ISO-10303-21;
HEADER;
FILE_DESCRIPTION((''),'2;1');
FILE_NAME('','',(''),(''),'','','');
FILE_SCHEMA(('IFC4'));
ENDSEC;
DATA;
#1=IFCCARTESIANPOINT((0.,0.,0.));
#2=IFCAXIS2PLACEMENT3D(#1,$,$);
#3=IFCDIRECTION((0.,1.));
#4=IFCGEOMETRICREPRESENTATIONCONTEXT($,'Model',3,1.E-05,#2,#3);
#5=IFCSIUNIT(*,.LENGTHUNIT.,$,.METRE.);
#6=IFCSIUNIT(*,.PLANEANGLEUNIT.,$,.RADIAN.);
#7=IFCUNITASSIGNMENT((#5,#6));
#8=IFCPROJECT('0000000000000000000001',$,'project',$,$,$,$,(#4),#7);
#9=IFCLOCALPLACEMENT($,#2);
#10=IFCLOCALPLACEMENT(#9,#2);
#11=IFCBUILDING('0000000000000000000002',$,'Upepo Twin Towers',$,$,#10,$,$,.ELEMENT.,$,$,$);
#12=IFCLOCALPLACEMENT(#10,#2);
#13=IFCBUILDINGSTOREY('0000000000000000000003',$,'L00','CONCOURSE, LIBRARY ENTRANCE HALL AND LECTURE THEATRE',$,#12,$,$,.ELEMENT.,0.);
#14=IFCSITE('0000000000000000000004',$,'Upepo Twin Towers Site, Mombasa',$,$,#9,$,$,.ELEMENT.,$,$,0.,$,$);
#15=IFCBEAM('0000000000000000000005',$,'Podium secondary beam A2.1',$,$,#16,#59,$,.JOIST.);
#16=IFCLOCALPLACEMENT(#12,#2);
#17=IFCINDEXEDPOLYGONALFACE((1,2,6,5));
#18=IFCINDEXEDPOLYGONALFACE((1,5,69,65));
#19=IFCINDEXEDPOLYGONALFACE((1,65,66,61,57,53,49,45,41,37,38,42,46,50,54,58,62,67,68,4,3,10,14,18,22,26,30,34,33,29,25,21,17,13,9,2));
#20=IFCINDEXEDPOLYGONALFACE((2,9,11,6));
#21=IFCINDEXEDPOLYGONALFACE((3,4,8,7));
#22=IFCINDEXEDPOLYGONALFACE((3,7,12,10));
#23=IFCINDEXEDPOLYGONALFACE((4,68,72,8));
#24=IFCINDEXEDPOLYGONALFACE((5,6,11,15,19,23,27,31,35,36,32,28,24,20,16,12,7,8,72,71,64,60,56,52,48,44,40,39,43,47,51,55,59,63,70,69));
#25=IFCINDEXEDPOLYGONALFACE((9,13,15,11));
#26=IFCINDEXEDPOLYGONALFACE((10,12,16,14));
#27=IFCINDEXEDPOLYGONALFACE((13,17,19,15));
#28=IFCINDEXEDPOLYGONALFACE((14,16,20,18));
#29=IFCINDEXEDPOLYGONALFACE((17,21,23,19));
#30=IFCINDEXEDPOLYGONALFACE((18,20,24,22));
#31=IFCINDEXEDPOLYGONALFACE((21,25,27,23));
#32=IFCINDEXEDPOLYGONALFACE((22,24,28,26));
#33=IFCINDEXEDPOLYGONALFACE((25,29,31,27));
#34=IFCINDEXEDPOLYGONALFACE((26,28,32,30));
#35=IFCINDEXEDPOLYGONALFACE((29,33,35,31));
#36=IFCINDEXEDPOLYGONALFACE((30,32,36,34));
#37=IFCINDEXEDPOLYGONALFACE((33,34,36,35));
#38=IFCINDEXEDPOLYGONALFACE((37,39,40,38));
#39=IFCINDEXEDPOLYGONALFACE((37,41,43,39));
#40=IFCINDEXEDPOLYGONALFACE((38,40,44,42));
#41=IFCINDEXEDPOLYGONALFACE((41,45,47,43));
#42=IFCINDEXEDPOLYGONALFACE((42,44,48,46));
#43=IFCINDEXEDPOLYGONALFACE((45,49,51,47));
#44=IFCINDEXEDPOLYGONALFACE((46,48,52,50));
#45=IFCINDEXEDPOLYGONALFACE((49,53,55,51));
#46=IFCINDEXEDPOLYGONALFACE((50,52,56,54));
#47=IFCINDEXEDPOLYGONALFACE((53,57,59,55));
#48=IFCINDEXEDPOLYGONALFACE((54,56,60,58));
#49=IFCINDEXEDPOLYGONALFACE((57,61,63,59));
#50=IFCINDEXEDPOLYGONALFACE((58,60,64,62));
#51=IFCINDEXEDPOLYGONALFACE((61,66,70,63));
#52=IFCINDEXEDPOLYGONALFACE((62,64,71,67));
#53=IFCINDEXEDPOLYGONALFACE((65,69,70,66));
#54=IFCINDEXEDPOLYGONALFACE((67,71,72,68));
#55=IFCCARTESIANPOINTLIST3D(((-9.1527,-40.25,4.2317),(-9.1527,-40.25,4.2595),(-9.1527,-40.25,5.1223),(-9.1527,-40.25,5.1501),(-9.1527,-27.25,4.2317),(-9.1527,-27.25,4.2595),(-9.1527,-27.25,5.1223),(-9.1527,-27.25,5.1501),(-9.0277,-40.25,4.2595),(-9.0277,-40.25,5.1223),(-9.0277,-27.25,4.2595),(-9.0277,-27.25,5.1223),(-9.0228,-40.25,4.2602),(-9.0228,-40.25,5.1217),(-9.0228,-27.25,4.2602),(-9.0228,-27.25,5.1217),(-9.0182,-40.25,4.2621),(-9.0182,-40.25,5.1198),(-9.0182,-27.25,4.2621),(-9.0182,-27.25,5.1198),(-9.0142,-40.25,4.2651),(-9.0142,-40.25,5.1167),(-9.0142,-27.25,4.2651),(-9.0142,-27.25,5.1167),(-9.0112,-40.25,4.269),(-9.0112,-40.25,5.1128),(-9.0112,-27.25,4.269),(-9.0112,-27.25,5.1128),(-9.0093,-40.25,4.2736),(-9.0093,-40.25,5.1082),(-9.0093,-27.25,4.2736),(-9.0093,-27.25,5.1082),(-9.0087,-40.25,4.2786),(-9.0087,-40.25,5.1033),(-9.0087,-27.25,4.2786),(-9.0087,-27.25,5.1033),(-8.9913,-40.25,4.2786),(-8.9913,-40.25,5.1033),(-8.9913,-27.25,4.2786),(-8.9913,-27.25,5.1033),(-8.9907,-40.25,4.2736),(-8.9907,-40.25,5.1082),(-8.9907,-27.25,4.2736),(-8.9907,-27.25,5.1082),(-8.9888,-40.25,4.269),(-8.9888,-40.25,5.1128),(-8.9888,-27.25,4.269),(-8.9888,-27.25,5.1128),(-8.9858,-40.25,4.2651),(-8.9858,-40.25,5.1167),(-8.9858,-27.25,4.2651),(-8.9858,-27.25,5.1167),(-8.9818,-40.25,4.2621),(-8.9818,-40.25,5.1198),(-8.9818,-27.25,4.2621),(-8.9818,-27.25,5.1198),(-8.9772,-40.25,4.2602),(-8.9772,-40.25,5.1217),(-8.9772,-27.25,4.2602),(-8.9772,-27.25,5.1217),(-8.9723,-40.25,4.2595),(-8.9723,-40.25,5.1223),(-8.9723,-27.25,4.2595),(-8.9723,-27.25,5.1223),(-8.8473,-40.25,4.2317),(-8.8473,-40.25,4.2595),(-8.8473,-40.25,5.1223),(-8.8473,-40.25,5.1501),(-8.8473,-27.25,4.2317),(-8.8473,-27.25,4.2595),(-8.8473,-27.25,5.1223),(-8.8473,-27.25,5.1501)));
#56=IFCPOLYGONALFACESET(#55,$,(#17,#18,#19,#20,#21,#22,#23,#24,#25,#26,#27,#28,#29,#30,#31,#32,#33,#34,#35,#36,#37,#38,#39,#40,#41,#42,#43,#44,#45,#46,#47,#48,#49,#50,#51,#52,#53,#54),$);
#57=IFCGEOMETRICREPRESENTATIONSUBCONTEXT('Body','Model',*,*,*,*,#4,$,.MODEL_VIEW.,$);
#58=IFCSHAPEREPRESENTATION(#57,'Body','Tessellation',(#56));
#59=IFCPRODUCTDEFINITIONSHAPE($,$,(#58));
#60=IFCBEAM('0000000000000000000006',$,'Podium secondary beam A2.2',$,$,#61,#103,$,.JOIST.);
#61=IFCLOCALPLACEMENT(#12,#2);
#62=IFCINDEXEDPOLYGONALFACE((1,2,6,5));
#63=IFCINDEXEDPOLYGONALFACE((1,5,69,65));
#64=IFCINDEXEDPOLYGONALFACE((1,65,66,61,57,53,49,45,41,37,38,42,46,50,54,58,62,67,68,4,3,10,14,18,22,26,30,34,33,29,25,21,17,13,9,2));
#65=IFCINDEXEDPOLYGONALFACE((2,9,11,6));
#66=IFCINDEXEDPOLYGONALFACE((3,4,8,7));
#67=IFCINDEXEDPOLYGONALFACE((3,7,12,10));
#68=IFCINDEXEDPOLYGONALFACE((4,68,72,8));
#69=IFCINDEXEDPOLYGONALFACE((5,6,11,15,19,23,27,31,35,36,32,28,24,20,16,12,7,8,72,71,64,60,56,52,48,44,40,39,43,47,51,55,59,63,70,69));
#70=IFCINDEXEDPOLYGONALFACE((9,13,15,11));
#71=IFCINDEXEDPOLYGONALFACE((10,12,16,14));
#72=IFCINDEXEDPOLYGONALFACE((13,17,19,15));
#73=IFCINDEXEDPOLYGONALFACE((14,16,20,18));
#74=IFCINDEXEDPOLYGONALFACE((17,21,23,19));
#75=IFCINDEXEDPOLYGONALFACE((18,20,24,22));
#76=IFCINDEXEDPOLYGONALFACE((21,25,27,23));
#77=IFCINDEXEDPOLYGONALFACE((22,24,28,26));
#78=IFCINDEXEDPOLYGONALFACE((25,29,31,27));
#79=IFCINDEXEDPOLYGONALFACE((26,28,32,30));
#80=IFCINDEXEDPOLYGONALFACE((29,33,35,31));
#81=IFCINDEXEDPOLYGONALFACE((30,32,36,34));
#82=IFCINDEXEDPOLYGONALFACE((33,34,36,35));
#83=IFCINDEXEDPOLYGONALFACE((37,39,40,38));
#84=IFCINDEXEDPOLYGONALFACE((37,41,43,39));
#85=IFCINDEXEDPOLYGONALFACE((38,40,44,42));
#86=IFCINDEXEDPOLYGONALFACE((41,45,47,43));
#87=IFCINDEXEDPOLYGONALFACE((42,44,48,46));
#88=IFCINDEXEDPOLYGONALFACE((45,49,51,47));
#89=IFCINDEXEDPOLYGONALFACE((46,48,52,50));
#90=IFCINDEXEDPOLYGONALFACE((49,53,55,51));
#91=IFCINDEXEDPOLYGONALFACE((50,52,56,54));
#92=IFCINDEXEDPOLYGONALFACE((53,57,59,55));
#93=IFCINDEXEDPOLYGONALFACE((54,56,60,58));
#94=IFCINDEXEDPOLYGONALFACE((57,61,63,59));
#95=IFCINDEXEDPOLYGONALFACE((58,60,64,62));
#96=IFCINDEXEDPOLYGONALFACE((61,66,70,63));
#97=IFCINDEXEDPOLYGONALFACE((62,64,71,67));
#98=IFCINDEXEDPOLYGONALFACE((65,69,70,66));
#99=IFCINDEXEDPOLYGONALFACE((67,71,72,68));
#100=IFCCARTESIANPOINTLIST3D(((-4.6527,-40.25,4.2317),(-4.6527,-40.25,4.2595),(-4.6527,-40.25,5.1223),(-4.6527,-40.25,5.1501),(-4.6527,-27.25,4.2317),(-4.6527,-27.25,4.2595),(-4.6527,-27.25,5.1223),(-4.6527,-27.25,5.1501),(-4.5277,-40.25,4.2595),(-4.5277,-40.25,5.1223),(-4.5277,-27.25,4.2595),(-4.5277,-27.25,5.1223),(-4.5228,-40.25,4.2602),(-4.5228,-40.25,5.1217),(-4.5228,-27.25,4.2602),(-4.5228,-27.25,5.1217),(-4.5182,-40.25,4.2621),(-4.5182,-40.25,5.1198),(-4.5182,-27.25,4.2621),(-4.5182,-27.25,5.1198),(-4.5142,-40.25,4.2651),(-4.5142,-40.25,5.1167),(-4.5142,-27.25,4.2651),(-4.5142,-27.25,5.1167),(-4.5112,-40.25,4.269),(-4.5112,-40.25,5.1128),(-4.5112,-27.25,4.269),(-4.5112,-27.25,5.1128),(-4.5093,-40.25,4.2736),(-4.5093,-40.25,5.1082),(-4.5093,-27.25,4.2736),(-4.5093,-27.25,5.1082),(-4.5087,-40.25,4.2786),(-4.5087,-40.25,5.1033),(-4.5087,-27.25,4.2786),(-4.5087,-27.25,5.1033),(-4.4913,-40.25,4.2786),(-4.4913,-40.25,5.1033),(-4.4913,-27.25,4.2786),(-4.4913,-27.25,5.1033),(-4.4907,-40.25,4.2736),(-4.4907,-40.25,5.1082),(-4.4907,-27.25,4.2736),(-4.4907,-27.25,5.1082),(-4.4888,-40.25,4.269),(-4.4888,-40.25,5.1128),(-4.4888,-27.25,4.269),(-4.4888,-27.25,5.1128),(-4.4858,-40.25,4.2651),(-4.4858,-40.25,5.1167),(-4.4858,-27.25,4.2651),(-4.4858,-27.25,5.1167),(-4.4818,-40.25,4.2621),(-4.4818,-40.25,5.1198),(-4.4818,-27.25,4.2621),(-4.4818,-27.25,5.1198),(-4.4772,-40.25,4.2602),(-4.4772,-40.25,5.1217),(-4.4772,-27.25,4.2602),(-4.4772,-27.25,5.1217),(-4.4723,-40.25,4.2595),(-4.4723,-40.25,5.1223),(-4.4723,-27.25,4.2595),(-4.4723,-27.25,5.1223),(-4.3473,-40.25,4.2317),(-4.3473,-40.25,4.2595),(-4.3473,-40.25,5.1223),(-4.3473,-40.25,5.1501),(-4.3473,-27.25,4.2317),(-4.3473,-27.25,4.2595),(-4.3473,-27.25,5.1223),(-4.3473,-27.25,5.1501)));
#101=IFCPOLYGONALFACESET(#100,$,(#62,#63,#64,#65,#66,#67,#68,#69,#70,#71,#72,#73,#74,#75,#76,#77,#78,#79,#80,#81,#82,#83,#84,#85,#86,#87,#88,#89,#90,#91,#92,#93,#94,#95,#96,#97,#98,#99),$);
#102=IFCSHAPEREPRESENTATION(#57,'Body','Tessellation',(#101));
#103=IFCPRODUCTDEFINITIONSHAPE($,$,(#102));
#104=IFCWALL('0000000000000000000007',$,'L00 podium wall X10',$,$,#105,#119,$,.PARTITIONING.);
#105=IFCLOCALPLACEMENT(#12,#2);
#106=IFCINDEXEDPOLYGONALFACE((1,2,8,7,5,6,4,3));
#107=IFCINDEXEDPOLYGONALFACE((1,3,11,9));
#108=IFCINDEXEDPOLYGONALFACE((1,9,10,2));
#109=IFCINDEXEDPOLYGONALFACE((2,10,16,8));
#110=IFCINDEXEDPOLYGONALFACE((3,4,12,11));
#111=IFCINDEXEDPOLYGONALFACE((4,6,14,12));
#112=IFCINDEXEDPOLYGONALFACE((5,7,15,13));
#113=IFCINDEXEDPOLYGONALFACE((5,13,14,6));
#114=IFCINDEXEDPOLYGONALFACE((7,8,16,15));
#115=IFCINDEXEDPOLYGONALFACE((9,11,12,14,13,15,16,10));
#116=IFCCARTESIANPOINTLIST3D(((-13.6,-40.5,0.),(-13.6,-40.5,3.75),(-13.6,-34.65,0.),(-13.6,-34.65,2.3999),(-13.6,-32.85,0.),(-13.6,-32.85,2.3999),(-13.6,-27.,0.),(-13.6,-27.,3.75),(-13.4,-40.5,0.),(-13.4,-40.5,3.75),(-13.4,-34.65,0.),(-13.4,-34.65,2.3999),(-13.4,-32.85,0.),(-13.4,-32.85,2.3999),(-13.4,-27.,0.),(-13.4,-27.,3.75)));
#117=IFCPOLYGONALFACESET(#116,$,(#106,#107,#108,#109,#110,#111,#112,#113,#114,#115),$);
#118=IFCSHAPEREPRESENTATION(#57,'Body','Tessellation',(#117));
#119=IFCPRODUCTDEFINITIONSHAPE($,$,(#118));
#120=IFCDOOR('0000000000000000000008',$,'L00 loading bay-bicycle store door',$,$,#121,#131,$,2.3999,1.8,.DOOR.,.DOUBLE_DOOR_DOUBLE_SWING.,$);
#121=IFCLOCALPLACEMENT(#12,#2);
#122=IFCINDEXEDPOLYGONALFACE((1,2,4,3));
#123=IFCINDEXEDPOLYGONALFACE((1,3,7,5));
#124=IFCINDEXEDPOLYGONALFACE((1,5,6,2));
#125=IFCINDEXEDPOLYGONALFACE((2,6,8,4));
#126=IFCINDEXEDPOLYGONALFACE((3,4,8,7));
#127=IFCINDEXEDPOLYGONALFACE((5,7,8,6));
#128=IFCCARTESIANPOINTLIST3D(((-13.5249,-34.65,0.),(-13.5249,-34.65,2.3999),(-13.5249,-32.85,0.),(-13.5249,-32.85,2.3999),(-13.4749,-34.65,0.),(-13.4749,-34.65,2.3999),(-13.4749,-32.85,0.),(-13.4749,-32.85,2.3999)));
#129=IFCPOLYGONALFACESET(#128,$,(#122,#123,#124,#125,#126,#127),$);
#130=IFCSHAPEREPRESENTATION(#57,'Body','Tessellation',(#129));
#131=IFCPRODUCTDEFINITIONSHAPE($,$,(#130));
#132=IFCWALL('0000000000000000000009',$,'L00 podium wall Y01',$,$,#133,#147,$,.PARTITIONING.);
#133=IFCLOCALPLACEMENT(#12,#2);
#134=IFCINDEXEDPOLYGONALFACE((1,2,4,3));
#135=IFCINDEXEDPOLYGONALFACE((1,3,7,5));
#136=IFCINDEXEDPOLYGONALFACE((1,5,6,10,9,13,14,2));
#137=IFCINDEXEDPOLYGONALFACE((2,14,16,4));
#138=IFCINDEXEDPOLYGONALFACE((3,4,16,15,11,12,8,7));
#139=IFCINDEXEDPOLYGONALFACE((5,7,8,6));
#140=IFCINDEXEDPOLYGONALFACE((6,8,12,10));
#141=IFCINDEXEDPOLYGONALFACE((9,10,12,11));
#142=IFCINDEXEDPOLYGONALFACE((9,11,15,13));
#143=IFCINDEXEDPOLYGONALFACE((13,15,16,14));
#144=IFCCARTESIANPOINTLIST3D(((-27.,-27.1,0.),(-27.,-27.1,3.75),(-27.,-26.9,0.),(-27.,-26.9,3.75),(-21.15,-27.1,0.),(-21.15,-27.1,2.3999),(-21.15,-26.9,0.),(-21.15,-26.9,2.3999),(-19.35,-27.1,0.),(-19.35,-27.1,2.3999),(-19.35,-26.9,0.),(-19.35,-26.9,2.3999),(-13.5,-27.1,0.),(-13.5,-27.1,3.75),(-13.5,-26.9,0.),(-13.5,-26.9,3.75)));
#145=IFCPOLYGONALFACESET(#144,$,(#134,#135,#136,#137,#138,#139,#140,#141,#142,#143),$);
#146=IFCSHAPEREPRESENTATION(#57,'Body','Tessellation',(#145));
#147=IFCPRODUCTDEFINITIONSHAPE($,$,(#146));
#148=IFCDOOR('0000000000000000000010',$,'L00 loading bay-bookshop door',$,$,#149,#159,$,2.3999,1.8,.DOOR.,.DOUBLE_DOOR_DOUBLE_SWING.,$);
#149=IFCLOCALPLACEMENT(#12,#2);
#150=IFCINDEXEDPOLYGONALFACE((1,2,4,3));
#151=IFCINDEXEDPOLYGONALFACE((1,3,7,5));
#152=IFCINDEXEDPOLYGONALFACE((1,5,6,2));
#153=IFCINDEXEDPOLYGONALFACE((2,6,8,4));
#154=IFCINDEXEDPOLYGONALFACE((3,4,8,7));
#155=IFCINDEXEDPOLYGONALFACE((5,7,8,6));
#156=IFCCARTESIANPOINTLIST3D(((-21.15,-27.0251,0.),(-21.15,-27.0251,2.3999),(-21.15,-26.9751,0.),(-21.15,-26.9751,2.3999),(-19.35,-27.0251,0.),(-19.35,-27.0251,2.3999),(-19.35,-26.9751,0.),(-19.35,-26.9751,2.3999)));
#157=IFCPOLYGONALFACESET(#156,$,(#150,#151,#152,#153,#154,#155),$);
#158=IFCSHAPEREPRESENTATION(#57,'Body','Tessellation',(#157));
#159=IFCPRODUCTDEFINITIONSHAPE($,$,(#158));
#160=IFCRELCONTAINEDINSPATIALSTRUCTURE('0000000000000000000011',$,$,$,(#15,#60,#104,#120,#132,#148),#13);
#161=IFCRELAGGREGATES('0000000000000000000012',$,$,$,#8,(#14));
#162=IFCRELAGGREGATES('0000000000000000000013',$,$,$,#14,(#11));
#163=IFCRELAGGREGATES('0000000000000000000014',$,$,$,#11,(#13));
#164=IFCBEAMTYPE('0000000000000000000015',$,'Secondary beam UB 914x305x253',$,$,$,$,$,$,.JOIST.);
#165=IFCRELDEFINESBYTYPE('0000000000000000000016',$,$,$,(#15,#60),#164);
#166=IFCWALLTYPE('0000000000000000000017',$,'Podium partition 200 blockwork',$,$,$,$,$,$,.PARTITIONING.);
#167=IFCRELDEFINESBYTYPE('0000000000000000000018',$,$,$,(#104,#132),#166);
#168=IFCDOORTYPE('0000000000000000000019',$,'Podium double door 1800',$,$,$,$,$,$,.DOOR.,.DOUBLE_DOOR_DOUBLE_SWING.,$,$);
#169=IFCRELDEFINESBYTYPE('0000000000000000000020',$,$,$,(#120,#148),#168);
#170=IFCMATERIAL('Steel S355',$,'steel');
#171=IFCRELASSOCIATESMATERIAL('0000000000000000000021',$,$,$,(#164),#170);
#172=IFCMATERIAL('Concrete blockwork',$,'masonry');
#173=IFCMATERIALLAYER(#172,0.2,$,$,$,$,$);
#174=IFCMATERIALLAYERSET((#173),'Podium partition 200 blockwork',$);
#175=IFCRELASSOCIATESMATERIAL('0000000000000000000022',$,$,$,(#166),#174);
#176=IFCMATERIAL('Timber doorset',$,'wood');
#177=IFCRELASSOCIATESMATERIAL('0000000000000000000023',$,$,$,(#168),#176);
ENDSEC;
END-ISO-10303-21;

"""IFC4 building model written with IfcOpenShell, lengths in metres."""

from ifc_helpers import new_model, si_unit, direction, frame, frame_2d, origin, origin_2d, place, context, subcontext, project, spatial, rectangle, i_section, extrude, material, layer, layer_set, material_profile, profile_set, type_object, element, fill, save


model = new_model("IFC4")

# Units and contexts
model_context = context("Model", 3, precision=1e-05, world=origin(), true_north=direction((0.0, 1.0)))
body_context = subcontext(model_context, "Body", "Model", "MODEL_VIEW")
ifc_project = project(units=[si_unit("LENGTHUNIT", "METRE"), si_unit("PLANEANGLEUNIT", "RADIAN")], contexts=[model_context])

# Site, building, storey
site_placement = place(None, origin())
site = spatial("IfcSite", under=ifc_project, at=site_placement, Name="Upepo Twin Towers Site, Mombasa", CompositionType="ELEMENT", RefElevation=0.0)
building_placement = place(site_placement, origin())
building = spatial("IfcBuilding", under=site, at=building_placement, Name="Upepo Twin Towers", CompositionType="ELEMENT")
storey_placement = place(building_placement, origin())
storey = spatial("IfcBuildingStorey", under=building, at=storey_placement, Name="L00", Description="CONCOURSE, LIBRARY ENTRANCE HALL AND LECTURE THEATRE", CompositionType="ELEMENT", Elevation=0.0)

# Beams
ifc_material_1 = material(Name="Steel S355", Category="steel")
ifc_material_profile_1 = material_profile(ifc_material_1, i_section(OverallWidth=0.3054, OverallDepth=0.9185, WebThickness=0.0173, FlangeThickness=0.0278, FilletRadius=0.019, at=origin_2d()), Name="UB 914x305x253")
ifc_profile_set_1 = profile_set([ifc_material_profile_1], Name="Steel S355")
beam_type_1 = type_object("IfcBeamType", Name="Secondary beam UB 914x305x253", PredefinedType="JOIST", material=ifc_profile_set_1)
for number, where, z_axis, x_axis, name in (
    (1, (-9.0, -40.25, 4.6909), (0.0, 1.0, 0.0), (-1.0, 0.0, 0.0), "Podium secondary beam A2.1"),
    (2, (-4.5, -40.25, 4.6909), (0.0, 1.0, 0.0), (-1.0, 0.0, 0.0), "Podium secondary beam A2.2"),
):
    element("IfcBeam", number, at=place(storey_placement, frame(where, z_axis=z_axis, x_axis=x_axis)), inside=storey, type_object=beam_type_1, Name=name, PredefinedType="JOIST", context=body_context, shape_type="SweptSolid", body=[
        extrude(i_section(OverallWidth=0.3054, OverallDepth=0.9185, WebThickness=0.0173, FlangeThickness=0.0278, FilletRadius=0.019, at=origin_2d()), origin(), (0.0, 0.0, 1.0), 13.0),
    ])

# Walls, openings, doors
ifc_material_2 = material(Name="Concrete blockwork", Category="masonry")
ifc_layer_1 = layer(ifc_material_2, 0.2)
ifc_layer_set_1 = layer_set([ifc_layer_1], Name="Podium partition 200 blockwork")
wall_type_1 = type_object("IfcWallType", Name="Podium partition 200 blockwork", PredefinedType="PARTITIONING", material=ifc_layer_set_1)
wall_1_placement = place(storey_placement, frame((-13.5, -40.5, 0.0), z_axis=(0.0, 0.0, 1.0), x_axis=(0.0, 1.0, 0.0)))
wall_1 = element("IfcWall", 3, at=wall_1_placement, inside=storey, type_object=wall_type_1, Name="L00 podium wall X10", PredefinedType="PARTITIONING", context=body_context, shape_type="SweptSolid", body=[
    extrude(rectangle(XDim=13.5, YDim=0.2, at=frame_2d((6.75, 0.0))), origin(), (0.0, 0.0, 1.0), 3.75),
])
opening_1_placement = place(wall_1_placement, frame((5.8501, 0.0, 0.0)))
opening_1 = element("IfcOpeningElement", 4, at=opening_1_placement, cuts=wall_1, PredefinedType="OPENING", context=body_context, shape_type="SweptSolid", body=[
    extrude(rectangle(XDim=1.8, YDim=2.3999, at=frame_2d((0.8999, 1.2))), frame((0.0, 0.1099, 0.0), z_axis=(0.0, -1.0, 0.0), x_axis=(1.0, 0.0, 0.0)), (0.0, 0.0, 1.0), 0.22),
])
ifc_material_3 = material(Name="Timber doorset", Category="wood")
door_type_1 = type_object("IfcDoorType", Name="Podium double door 1800", OperationType="DOUBLE_DOOR_DOUBLE_SWING", PredefinedType="DOOR", material=ifc_material_3)
door_1_placement = place(opening_1_placement, origin())
door_1 = element("IfcDoor", 5, at=door_1_placement, inside=storey, type_object=door_type_1, Name="L00 loading bay-bicycle store door", OperationType="DOUBLE_DOOR_DOUBLE_SWING", OverallHeight=2.3999, OverallWidth=1.8, PredefinedType="DOOR", context=body_context, shape_type="SweptSolid", body=[
    extrude(rectangle(XDim=1.8, YDim=2.3999, at=frame_2d((0.8999, 1.2))), frame((0.0, 0.0249, 0.0), z_axis=(0.0, -1.0, 0.0), x_axis=(1.0, 0.0, 0.0)), (0.0, 0.0, 1.0), 0.05),
])
fill(opening_1, door_1)
wall_2_placement = place(storey_placement, frame((-27.0, -27.0, 0.0), z_axis=(0.0, 0.0, 1.0), x_axis=(1.0, 0.0, 0.0)))
wall_2 = element("IfcWall", 6, at=wall_2_placement, inside=storey, type_object=wall_type_1, Name="L00 podium wall Y01", PredefinedType="PARTITIONING", context=body_context, shape_type="SweptSolid", body=[
    extrude(rectangle(XDim=13.5, YDim=0.2, at=frame_2d((6.75, 0.0))), origin(), (0.0, 0.0, 1.0), 3.75),
])
opening_2_placement = place(wall_2_placement, frame((5.8501, 0.0, 0.0)))
opening_2 = element("IfcOpeningElement", 7, at=opening_2_placement, cuts=wall_2, PredefinedType="OPENING", context=body_context, shape_type="SweptSolid", body=[
    extrude(rectangle(XDim=1.8, YDim=2.3999, at=frame_2d((0.8999, 1.2))), frame((0.0, 0.1099, 0.0), z_axis=(0.0, -1.0, 0.0), x_axis=(1.0, 0.0, 0.0)), (0.0, 0.0, 1.0), 0.22),
])
door_2_placement = place(opening_2_placement, origin())
door_2 = element("IfcDoor", 8, at=door_2_placement, inside=storey, type_object=door_type_1, Name="L00 loading bay-bookshop door", OperationType="DOUBLE_DOOR_DOUBLE_SWING", OverallHeight=2.3999, OverallWidth=1.8, PredefinedType="DOOR", context=body_context, shape_type="SweptSolid", body=[
    extrude(rectangle(XDim=1.8, YDim=2.3999, at=frame_2d((0.8999, 1.2))), frame((0.0, 0.0249, 0.0), z_axis=(0.0, -1.0, 0.0), x_axis=(1.0, 0.0, 0.0)), (0.0, 0.0, 1.0), 0.05),
])
fill(opening_2, door_2)

save(model, "model.ifc")
